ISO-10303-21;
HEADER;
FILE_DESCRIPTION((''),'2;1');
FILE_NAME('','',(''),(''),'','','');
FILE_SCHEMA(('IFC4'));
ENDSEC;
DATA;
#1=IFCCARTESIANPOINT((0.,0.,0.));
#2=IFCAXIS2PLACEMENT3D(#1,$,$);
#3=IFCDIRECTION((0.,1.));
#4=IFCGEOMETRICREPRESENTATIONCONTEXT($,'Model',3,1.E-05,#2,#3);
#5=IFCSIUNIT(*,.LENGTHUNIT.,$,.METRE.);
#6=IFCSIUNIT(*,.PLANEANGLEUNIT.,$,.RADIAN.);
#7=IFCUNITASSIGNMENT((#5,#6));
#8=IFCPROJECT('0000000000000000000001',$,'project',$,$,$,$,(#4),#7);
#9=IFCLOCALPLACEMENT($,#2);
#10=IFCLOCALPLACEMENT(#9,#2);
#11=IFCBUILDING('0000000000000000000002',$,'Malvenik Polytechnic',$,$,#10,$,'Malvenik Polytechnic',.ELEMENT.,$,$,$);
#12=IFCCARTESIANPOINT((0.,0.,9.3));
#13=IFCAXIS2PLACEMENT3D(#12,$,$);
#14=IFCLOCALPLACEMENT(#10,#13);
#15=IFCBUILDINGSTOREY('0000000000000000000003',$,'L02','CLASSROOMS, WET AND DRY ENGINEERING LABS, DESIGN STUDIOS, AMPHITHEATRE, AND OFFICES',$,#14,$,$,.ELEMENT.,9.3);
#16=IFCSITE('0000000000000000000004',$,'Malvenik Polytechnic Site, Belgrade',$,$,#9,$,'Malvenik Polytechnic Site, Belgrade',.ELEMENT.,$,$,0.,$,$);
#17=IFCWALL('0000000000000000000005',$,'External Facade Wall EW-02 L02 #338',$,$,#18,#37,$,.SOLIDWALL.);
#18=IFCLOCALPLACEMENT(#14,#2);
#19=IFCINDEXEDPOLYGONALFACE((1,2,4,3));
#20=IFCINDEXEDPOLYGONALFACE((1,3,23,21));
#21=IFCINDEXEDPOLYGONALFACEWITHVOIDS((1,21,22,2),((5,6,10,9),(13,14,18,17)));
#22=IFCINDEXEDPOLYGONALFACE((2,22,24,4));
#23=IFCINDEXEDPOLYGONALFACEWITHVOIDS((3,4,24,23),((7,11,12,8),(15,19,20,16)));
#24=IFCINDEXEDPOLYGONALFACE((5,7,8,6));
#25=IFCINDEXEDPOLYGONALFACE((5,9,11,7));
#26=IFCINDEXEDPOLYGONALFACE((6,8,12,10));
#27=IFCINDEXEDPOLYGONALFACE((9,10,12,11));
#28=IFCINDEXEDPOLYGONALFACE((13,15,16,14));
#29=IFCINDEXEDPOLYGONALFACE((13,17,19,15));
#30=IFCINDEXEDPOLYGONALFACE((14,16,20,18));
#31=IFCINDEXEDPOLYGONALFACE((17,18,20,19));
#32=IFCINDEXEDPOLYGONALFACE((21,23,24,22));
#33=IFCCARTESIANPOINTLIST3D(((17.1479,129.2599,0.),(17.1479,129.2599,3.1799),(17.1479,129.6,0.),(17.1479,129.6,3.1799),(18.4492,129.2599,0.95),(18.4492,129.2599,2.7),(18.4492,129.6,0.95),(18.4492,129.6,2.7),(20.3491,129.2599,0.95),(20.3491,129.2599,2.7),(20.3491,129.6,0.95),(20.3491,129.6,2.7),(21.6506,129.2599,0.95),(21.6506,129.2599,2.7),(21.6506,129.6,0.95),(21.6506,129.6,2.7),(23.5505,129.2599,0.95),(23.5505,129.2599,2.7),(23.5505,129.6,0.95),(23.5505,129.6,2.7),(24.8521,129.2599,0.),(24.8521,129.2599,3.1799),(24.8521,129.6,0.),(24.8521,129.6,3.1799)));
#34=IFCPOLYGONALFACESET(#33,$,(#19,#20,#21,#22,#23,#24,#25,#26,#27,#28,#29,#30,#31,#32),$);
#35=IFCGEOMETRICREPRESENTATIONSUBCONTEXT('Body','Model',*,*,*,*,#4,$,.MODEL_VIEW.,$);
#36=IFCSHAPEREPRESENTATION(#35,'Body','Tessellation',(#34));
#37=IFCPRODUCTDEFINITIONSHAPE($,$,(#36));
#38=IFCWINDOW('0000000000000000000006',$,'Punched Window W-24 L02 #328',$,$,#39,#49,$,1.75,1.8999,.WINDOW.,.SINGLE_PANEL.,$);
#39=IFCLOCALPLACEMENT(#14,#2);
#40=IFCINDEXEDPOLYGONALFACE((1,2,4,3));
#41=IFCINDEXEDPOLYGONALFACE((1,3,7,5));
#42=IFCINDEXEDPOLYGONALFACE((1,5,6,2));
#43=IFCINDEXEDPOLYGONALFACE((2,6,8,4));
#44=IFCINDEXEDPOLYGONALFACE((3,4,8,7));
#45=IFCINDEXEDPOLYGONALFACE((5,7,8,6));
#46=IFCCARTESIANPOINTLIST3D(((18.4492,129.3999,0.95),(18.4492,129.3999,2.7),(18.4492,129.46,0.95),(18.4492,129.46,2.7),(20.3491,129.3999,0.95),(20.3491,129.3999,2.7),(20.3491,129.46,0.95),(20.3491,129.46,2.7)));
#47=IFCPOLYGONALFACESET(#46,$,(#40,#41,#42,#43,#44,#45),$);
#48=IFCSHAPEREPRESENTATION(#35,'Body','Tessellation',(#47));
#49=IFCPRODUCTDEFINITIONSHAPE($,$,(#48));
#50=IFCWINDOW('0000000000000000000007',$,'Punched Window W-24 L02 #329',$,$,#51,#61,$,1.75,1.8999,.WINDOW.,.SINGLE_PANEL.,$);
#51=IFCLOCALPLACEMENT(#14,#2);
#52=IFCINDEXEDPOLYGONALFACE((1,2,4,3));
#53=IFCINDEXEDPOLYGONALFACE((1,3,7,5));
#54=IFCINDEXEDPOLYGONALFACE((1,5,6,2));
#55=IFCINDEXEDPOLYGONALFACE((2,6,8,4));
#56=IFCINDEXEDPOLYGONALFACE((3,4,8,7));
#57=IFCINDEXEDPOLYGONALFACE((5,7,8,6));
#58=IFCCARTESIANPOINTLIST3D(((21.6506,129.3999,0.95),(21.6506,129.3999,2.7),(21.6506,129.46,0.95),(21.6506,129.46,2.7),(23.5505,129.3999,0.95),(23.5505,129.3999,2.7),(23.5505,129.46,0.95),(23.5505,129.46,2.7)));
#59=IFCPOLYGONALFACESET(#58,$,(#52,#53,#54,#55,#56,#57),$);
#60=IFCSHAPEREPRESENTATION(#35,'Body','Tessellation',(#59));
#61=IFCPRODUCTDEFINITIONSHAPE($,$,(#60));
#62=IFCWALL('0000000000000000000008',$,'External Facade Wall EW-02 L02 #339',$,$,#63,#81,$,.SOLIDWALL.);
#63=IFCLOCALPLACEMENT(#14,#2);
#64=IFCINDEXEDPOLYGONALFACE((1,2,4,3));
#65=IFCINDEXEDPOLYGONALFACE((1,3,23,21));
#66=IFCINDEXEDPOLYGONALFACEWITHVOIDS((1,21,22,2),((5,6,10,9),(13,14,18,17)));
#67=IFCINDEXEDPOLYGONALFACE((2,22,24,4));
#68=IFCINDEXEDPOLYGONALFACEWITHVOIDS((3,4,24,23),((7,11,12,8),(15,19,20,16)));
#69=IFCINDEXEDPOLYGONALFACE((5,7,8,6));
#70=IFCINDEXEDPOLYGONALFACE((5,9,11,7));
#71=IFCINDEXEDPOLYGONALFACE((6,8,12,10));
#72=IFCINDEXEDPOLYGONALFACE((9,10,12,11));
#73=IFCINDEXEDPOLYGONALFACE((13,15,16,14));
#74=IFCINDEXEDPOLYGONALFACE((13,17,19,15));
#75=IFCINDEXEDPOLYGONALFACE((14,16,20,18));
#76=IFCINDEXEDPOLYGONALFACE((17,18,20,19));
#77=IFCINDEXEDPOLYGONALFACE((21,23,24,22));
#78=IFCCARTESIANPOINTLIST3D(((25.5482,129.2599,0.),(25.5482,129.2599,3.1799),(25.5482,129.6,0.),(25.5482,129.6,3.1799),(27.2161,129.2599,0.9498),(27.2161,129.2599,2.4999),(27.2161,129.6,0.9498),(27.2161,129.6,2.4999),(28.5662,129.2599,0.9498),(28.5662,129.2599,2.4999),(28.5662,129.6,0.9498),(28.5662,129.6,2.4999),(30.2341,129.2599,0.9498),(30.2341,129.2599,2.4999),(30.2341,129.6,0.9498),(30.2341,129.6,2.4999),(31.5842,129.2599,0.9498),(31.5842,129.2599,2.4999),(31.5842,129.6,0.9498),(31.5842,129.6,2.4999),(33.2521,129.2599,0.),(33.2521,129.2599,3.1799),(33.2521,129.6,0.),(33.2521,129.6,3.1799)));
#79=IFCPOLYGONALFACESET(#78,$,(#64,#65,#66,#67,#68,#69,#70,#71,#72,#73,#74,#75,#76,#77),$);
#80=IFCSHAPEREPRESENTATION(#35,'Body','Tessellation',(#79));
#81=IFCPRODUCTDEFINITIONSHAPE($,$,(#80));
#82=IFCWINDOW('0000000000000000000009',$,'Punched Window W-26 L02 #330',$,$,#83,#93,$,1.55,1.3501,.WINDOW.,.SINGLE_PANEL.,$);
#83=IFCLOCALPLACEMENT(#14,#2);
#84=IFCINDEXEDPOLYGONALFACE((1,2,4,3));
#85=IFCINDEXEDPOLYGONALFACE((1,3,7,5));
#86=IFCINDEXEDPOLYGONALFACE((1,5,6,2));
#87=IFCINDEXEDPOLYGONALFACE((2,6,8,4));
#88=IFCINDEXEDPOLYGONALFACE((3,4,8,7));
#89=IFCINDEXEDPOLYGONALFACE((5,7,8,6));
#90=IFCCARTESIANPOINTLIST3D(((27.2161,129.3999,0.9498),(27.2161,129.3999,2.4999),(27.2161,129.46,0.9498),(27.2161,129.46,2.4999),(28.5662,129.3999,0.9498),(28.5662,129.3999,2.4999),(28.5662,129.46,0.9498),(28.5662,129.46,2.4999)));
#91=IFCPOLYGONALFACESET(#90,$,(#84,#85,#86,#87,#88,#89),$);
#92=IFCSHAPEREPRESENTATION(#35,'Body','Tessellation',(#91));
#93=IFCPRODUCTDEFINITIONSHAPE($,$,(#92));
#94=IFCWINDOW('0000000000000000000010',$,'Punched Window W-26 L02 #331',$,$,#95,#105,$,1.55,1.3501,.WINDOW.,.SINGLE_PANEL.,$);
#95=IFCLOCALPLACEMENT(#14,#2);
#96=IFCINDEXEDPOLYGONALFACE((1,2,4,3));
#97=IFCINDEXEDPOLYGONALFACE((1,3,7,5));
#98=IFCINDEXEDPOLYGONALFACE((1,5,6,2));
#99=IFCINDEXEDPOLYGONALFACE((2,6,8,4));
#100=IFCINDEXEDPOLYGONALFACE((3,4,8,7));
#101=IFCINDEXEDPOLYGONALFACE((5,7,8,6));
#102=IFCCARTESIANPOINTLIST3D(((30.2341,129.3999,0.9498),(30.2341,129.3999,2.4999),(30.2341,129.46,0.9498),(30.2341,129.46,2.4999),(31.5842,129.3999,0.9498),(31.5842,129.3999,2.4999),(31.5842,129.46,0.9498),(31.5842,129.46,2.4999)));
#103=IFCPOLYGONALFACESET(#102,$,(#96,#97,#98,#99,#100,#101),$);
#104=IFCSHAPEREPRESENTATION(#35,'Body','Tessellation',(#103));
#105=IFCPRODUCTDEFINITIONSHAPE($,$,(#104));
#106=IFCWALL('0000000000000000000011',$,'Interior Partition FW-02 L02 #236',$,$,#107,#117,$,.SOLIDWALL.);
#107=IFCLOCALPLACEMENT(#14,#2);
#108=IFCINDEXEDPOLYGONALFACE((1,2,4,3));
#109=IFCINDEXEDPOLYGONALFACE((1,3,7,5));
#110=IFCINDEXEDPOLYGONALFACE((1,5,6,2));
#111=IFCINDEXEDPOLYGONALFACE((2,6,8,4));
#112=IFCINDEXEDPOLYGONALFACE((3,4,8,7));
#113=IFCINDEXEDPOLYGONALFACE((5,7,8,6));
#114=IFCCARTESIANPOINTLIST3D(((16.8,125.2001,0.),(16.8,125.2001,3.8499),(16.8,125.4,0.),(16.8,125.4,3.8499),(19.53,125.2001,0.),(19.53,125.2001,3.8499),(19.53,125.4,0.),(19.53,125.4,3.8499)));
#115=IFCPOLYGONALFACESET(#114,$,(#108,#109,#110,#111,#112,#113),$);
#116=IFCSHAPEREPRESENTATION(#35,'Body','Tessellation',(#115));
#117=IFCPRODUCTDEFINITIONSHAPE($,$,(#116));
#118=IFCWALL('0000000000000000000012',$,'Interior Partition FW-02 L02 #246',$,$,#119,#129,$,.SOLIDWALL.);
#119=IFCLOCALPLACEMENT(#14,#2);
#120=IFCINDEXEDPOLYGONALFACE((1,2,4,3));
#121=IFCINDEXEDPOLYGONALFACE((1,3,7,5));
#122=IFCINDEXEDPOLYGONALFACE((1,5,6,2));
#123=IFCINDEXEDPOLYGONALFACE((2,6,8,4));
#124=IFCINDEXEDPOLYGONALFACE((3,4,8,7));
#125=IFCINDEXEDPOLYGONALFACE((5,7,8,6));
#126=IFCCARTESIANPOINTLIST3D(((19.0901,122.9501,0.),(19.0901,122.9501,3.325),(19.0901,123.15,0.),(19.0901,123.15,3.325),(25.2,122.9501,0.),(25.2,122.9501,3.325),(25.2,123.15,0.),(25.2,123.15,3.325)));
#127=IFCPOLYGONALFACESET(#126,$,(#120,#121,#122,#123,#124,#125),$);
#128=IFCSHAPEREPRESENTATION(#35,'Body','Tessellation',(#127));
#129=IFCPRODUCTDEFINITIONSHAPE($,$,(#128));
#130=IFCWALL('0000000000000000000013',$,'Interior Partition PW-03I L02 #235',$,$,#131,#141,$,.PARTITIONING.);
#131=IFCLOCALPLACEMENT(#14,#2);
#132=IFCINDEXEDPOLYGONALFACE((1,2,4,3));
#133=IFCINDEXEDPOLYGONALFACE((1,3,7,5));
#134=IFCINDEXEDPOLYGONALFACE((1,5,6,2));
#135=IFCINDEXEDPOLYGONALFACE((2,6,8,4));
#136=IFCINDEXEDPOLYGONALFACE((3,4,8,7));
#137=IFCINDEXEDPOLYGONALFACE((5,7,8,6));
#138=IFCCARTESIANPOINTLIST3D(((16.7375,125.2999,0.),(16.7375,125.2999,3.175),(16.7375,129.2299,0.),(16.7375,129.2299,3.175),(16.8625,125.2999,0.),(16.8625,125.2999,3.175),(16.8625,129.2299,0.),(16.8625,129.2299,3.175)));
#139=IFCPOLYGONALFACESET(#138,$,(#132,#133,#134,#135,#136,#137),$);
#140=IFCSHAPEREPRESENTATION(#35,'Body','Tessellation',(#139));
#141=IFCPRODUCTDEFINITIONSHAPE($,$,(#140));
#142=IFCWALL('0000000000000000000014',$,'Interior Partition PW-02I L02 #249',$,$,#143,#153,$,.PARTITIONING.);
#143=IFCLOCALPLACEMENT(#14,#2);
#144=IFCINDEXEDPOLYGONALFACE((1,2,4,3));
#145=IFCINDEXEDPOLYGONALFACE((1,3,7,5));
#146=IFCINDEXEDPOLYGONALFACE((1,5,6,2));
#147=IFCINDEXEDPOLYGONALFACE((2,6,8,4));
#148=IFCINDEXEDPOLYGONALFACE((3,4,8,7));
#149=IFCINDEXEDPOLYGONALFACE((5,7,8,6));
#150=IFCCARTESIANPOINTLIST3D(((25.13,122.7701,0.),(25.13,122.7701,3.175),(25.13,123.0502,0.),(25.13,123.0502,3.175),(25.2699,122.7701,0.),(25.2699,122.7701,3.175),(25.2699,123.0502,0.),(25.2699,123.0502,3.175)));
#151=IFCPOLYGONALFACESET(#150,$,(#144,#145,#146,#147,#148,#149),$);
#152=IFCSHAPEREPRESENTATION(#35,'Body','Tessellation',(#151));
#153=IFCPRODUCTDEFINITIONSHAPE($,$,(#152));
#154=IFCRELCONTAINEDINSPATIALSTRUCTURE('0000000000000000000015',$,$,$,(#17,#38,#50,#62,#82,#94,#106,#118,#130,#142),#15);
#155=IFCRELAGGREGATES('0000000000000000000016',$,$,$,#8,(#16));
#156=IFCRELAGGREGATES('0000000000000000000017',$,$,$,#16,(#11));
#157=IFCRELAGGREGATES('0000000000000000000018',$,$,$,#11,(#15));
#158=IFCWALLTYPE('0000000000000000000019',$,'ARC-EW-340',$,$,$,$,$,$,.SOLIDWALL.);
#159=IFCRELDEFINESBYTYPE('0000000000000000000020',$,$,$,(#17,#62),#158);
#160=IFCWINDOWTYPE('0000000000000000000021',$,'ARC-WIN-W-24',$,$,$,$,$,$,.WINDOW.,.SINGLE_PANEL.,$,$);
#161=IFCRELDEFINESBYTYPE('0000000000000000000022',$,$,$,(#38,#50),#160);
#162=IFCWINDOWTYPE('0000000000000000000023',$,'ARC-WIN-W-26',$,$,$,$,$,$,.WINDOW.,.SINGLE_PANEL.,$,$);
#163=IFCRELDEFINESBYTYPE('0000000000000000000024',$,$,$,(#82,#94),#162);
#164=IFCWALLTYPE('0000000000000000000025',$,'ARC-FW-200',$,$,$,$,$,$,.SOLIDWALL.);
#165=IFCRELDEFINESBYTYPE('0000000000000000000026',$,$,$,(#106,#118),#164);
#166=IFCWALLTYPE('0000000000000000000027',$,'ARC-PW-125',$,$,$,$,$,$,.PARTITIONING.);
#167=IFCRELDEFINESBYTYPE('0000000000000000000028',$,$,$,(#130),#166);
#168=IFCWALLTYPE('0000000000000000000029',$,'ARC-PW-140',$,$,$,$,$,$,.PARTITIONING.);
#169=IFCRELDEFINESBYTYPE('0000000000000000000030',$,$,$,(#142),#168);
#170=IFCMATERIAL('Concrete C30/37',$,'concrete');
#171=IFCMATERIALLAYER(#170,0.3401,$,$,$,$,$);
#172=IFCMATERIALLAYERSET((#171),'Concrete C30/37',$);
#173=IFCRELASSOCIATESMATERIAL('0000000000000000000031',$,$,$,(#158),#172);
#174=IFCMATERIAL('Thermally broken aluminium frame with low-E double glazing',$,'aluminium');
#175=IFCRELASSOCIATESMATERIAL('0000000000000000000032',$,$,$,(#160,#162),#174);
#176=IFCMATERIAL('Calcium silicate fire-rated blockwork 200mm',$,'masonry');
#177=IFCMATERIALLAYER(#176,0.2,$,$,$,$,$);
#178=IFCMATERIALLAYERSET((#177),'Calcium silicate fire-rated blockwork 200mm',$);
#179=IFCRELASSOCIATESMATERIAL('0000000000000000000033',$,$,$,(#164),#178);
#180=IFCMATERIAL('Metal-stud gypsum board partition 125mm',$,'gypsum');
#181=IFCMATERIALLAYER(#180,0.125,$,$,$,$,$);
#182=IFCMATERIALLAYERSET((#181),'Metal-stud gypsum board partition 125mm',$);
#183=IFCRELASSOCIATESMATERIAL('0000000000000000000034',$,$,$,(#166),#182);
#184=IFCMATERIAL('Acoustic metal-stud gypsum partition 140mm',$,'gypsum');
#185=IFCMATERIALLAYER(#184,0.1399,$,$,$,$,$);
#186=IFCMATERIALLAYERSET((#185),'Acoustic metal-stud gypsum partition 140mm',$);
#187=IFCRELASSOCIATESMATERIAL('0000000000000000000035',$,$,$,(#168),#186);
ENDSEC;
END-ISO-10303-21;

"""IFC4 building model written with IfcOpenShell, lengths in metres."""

from ifc_helpers import new_model, si_unit, direction, frame, frame_2d, origin, place, context, subcontext, project, spatial, rectangle, extrude, material, layer, layer_set, type_object, element, fill, save


model = new_model("IFC4")

# Units and contexts
model_context = context("Model", 3, precision=1e-05, world=origin(), true_north=direction((0.0, 1.0)))
body_context = subcontext(model_context, "Body", "Model", "MODEL_VIEW")
ifc_project = project(units=[si_unit("LENGTHUNIT", "METRE"), si_unit("PLANEANGLEUNIT", "RADIAN")], contexts=[model_context])

# Site, building, storey
site_placement = place(None, origin())
site = spatial("IfcSite", under=ifc_project, at=site_placement, Name="Malvenik Polytechnic Site, Belgrade", LongName="Malvenik Polytechnic Site, Belgrade", CompositionType="ELEMENT", RefElevation=0.0)
building_placement = place(site_placement, origin())
building = spatial("IfcBuilding", under=site, at=building_placement, Name="Malvenik Polytechnic", LongName="Malvenik Polytechnic", CompositionType="ELEMENT")
storey_placement = place(building_placement, frame((0.0, 0.0, 9.3)))
storey = spatial("IfcBuildingStorey", under=building, at=storey_placement, Name="L02", Description="CLASSROOMS, WET AND DRY ENGINEERING LABS, DESIGN STUDIOS, AMPHITHEATRE, AND OFFICES", CompositionType="ELEMENT", Elevation=9.3)

# Shared definitions
ifc_material_1 = material(Name="Concrete C30/37", Category="concrete")

# Walls, openings, windows
ifc_layer_1 = layer(ifc_material_1, 0.3401)
ifc_layer_set_1 = layer_set([ifc_layer_1], Name="Concrete C30/37")
wall_type_1 = type_object("IfcWallType", Name="ARC-EW-340", PredefinedType="SOLIDWALL", material=ifc_layer_set_1)
wall_1_placement = place(storey_placement, frame((17.1479, 129.4299, 0.0), z_axis=(0.0, 0.0, 1.0), x_axis=(1.0, 0.0, 0.0)))
wall_1 = element("IfcWall", 1, at=wall_1_placement, inside=storey, type_object=wall_type_1, Name="External Facade Wall EW-02 L02 #338", PredefinedType="SOLIDWALL", context=body_context, shape_type="SweptSolid", body=[
    extrude(rectangle(XDim=7.7041, YDim=0.3401, at=frame_2d((3.8521, 0.0))), origin(), (0.0, 0.0, 1.0), 3.1799),
])
opening_1_placement = place(wall_1_placement, frame((1.3013, 0.0, 0.95)))
opening_1 = element("IfcOpeningElement", 2, at=opening_1_placement, cuts=wall_1, PredefinedType="OPENING", context=body_context, shape_type="SweptSolid", body=[
    extrude(rectangle(XDim=1.8999, YDim=1.75, at=frame_2d((0.95, 0.875))), frame((0.0, 0.1802, 0.0), z_axis=(0.0, -1.0, 0.0), x_axis=(1.0, 0.0, 0.0)), (0.0, 0.0, 1.0), 0.3601),
])
opening_2_placement = place(wall_1_placement, frame((4.5027, 0.0, 0.95)))
opening_2 = element("IfcOpeningElement", 3, at=opening_2_placement, cuts=wall_1, PredefinedType="OPENING", context=body_context, shape_type="SweptSolid", body=[
    extrude(rectangle(XDim=1.8999, YDim=1.75, at=frame_2d((0.95, 0.875))), frame((0.0, 0.1802, 0.0), z_axis=(0.0, -1.0, 0.0), x_axis=(1.0, 0.0, 0.0)), (0.0, 0.0, 1.0), 0.3601),
])
ifc_material_2 = material(Name="Thermally broken aluminium frame with low-E double glazing", Category="aluminium")
window_type_1 = type_object("IfcWindowType", Name="ARC-WIN-W-24", PartitioningType="SINGLE_PANEL", PredefinedType="WINDOW", material=ifc_material_2)
window_1_placement = place(opening_1_placement, origin())
window_1 = element("IfcWindow", 4, at=window_1_placement, inside=storey, type_object=window_type_1, Name="Punched Window W-24 L02 #328", OverallHeight=1.75, OverallWidth=1.8999, PartitioningType="SINGLE_PANEL", PredefinedType="WINDOW", context=body_context, shape_type="SweptSolid", body=[
    extrude(rectangle(XDim=1.8999, YDim=1.75, at=frame_2d((0.95, 0.875))), frame((0.0, 0.03, 0.0), z_axis=(0.0, -1.0, 0.0), x_axis=(1.0, 0.0, 0.0)), (0.0, 0.0, 1.0), 0.0601),
])
fill(opening_1, window_1)
window_2_placement = place(opening_2_placement, origin())
window_2 = element("IfcWindow", 5, at=window_2_placement, inside=storey, type_object=window_type_1, Name="Punched Window W-24 L02 #329", OverallHeight=1.75, OverallWidth=1.8999, PartitioningType="SINGLE_PANEL", PredefinedType="WINDOW", context=body_context, shape_type="SweptSolid", body=[
    extrude(rectangle(XDim=1.8999, YDim=1.75, at=frame_2d((0.95, 0.875))), frame((0.0, 0.03, 0.0), z_axis=(0.0, -1.0, 0.0), x_axis=(1.0, 0.0, 0.0)), (0.0, 0.0, 1.0), 0.0601),
])
fill(opening_2, window_2)
wall_2_placement = place(storey_placement, frame((25.5481, 129.4299, 0.0), z_axis=(0.0, 0.0, 1.0), x_axis=(1.0, 0.0, 0.0)))
wall_2 = element("IfcWall", 6, at=wall_2_placement, inside=storey, type_object=wall_type_1, Name="External Facade Wall EW-02 L02 #339", PredefinedType="SOLIDWALL", context=body_context, shape_type="SweptSolid", body=[
    extrude(rectangle(XDim=7.7039, YDim=0.3401, at=frame_2d((3.8521, 0.0))), origin(), (0.0, 0.0, 1.0), 3.1799),
])
opening_3_placement = place(wall_2_placement, frame((1.668, 0.0, 0.95)))
opening_3 = element("IfcOpeningElement", 7, at=opening_3_placement, cuts=wall_2, PredefinedType="OPENING", context=body_context, shape_type="SweptSolid", body=[
    extrude(rectangle(XDim=1.3501, YDim=1.55, at=frame_2d((0.675, 0.7749))), frame((0.0, 0.1802, 0.0), z_axis=(0.0, -1.0, 0.0), x_axis=(1.0, 0.0, 0.0)), (0.0, 0.0, 1.0), 0.3601),
])
opening_4_placement = place(wall_2_placement, frame((4.686, 0.0, 0.95)))
opening_4 = element("IfcOpeningElement", 8, at=opening_4_placement, cuts=wall_2, PredefinedType="OPENING", context=body_context, shape_type="SweptSolid", body=[
    extrude(rectangle(XDim=1.3501, YDim=1.55, at=frame_2d((0.675, 0.7749))), frame((0.0, 0.1802, 0.0), z_axis=(0.0, -1.0, 0.0), x_axis=(1.0, 0.0, 0.0)), (0.0, 0.0, 1.0), 0.3601),
])
window_type_2 = type_object("IfcWindowType", Name="ARC-WIN-W-26", PartitioningType="SINGLE_PANEL", PredefinedType="WINDOW", material=ifc_material_2)
window_3_placement = place(opening_3_placement, origin())
window_3 = element("IfcWindow", 9, at=window_3_placement, inside=storey, type_object=window_type_2, Name="Punched Window W-26 L02 #330", OverallHeight=1.55, OverallWidth=1.3501, PartitioningType="SINGLE_PANEL", PredefinedType="WINDOW", context=body_context, shape_type="SweptSolid", body=[
    extrude(rectangle(XDim=1.3501, YDim=1.55, at=frame_2d((0.675, 0.7749))), frame((0.0, 0.03, 0.0), z_axis=(0.0, -1.0, 0.0), x_axis=(1.0, 0.0, 0.0)), (0.0, 0.0, 1.0), 0.0601),
])
fill(opening_3, window_3)
window_4_placement = place(opening_4_placement, origin())
window_4 = element("IfcWindow", 10, at=window_4_placement, inside=storey, type_object=window_type_2, Name="Punched Window W-26 L02 #331", OverallHeight=1.55, OverallWidth=1.3501, PartitioningType="SINGLE_PANEL", PredefinedType="WINDOW", context=body_context, shape_type="SweptSolid", body=[
    extrude(rectangle(XDim=1.3501, YDim=1.55, at=frame_2d((0.675, 0.7749))), frame((0.0, 0.03, 0.0), z_axis=(0.0, -1.0, 0.0), x_axis=(1.0, 0.0, 0.0)), (0.0, 0.0, 1.0), 0.0601),
])
fill(opening_4, window_4)

# Walls
ifc_material_3 = material(Name="Calcium silicate fire-rated blockwork 200mm", Category="masonry")
ifc_layer_2 = layer(ifc_material_3, 0.2)
ifc_layer_set_2 = layer_set([ifc_layer_2], Name="Calcium silicate fire-rated blockwork 200mm")
wall_type_2 = type_object("IfcWallType", Name="ARC-FW-200", PredefinedType="SOLIDWALL", material=ifc_layer_set_2)
wall_3_placement = place(storey_placement, frame((16.8, 125.3, 0.0), z_axis=(0.0, 0.0, 1.0), x_axis=(1.0, 0.0, 0.0)))
element("IfcWall", 11, at=wall_3_placement, inside=storey, type_object=wall_type_2, Name="Interior Partition FW-02 L02 #236", PredefinedType="SOLIDWALL", context=body_context, shape_type="SweptSolid", body=[
    extrude(rectangle(XDim=2.73, YDim=0.2, at=frame_2d((1.365, 0.0))), origin(), (0.0, 0.0, 1.0), 3.8499),
])
wall_4_placement = place(storey_placement, frame((25.2, 123.05, 0.0), z_axis=(0.0, 0.0, 1.0), x_axis=(-1.0, 0.0, 0.0)))
element("IfcWall", 12, at=wall_4_placement, inside=storey, type_object=wall_type_2, Name="Interior Partition FW-02 L02 #246", PredefinedType="SOLIDWALL", context=body_context, shape_type="SweptSolid", body=[
    extrude(rectangle(XDim=6.1099, YDim=0.2, at=frame_2d((3.0549, 0.0))), origin(), (0.0, 0.0, 1.0), 3.325),
])
ifc_material_4 = material(Name="Metal-stud gypsum board partition 125mm", Category="gypsum")
ifc_layer_3 = layer(ifc_material_4, 0.125)
ifc_layer_set_3 = layer_set([ifc_layer_3], Name="Metal-stud gypsum board partition 125mm")
wall_type_3 = type_object("IfcWallType", Name="ARC-PW-125", PredefinedType="PARTITIONING", material=ifc_layer_set_3)
wall_5_placement = place(storey_placement, frame((16.8, 125.3, 0.0), z_axis=(0.0, 0.0, 1.0), x_axis=(0.0, 1.0, 0.0)))
element("IfcWall", 13, at=wall_5_placement, inside=storey, type_object=wall_type_3, Name="Interior Partition PW-03I L02 #235", PredefinedType="PARTITIONING", context=body_context, shape_type="SweptSolid", body=[
    extrude(rectangle(XDim=3.9299, YDim=0.125, at=frame_2d((1.9648, 0.0))), origin(), (0.0, 0.0, 1.0), 3.175),
])
ifc_material_5 = material(Name="Acoustic metal-stud gypsum partition 140mm", Category="gypsum")
ifc_layer_4 = layer(ifc_material_5, 0.1399)
ifc_layer_set_4 = layer_set([ifc_layer_4], Name="Acoustic metal-stud gypsum partition 140mm")
wall_type_4 = type_object("IfcWallType", Name="ARC-PW-140", PredefinedType="PARTITIONING", material=ifc_layer_set_4)
wall_6_placement = place(storey_placement, frame((25.2, 122.77, 0.0), z_axis=(0.0, 0.0, 1.0), x_axis=(0.0, 1.0, 0.0)))
element("IfcWall", 14, at=wall_6_placement, inside=storey, type_object=wall_type_4, Name="Interior Partition PW-02I L02 #249", PredefinedType="PARTITIONING", context=body_context, shape_type="SweptSolid", body=[
    extrude(rectangle(XDim=0.28, YDim=0.1399, at=frame_2d((0.1401, 0.0))), origin(), (0.0, 0.0, 1.0), 3.175),
])

save(model, "model.ifc")
